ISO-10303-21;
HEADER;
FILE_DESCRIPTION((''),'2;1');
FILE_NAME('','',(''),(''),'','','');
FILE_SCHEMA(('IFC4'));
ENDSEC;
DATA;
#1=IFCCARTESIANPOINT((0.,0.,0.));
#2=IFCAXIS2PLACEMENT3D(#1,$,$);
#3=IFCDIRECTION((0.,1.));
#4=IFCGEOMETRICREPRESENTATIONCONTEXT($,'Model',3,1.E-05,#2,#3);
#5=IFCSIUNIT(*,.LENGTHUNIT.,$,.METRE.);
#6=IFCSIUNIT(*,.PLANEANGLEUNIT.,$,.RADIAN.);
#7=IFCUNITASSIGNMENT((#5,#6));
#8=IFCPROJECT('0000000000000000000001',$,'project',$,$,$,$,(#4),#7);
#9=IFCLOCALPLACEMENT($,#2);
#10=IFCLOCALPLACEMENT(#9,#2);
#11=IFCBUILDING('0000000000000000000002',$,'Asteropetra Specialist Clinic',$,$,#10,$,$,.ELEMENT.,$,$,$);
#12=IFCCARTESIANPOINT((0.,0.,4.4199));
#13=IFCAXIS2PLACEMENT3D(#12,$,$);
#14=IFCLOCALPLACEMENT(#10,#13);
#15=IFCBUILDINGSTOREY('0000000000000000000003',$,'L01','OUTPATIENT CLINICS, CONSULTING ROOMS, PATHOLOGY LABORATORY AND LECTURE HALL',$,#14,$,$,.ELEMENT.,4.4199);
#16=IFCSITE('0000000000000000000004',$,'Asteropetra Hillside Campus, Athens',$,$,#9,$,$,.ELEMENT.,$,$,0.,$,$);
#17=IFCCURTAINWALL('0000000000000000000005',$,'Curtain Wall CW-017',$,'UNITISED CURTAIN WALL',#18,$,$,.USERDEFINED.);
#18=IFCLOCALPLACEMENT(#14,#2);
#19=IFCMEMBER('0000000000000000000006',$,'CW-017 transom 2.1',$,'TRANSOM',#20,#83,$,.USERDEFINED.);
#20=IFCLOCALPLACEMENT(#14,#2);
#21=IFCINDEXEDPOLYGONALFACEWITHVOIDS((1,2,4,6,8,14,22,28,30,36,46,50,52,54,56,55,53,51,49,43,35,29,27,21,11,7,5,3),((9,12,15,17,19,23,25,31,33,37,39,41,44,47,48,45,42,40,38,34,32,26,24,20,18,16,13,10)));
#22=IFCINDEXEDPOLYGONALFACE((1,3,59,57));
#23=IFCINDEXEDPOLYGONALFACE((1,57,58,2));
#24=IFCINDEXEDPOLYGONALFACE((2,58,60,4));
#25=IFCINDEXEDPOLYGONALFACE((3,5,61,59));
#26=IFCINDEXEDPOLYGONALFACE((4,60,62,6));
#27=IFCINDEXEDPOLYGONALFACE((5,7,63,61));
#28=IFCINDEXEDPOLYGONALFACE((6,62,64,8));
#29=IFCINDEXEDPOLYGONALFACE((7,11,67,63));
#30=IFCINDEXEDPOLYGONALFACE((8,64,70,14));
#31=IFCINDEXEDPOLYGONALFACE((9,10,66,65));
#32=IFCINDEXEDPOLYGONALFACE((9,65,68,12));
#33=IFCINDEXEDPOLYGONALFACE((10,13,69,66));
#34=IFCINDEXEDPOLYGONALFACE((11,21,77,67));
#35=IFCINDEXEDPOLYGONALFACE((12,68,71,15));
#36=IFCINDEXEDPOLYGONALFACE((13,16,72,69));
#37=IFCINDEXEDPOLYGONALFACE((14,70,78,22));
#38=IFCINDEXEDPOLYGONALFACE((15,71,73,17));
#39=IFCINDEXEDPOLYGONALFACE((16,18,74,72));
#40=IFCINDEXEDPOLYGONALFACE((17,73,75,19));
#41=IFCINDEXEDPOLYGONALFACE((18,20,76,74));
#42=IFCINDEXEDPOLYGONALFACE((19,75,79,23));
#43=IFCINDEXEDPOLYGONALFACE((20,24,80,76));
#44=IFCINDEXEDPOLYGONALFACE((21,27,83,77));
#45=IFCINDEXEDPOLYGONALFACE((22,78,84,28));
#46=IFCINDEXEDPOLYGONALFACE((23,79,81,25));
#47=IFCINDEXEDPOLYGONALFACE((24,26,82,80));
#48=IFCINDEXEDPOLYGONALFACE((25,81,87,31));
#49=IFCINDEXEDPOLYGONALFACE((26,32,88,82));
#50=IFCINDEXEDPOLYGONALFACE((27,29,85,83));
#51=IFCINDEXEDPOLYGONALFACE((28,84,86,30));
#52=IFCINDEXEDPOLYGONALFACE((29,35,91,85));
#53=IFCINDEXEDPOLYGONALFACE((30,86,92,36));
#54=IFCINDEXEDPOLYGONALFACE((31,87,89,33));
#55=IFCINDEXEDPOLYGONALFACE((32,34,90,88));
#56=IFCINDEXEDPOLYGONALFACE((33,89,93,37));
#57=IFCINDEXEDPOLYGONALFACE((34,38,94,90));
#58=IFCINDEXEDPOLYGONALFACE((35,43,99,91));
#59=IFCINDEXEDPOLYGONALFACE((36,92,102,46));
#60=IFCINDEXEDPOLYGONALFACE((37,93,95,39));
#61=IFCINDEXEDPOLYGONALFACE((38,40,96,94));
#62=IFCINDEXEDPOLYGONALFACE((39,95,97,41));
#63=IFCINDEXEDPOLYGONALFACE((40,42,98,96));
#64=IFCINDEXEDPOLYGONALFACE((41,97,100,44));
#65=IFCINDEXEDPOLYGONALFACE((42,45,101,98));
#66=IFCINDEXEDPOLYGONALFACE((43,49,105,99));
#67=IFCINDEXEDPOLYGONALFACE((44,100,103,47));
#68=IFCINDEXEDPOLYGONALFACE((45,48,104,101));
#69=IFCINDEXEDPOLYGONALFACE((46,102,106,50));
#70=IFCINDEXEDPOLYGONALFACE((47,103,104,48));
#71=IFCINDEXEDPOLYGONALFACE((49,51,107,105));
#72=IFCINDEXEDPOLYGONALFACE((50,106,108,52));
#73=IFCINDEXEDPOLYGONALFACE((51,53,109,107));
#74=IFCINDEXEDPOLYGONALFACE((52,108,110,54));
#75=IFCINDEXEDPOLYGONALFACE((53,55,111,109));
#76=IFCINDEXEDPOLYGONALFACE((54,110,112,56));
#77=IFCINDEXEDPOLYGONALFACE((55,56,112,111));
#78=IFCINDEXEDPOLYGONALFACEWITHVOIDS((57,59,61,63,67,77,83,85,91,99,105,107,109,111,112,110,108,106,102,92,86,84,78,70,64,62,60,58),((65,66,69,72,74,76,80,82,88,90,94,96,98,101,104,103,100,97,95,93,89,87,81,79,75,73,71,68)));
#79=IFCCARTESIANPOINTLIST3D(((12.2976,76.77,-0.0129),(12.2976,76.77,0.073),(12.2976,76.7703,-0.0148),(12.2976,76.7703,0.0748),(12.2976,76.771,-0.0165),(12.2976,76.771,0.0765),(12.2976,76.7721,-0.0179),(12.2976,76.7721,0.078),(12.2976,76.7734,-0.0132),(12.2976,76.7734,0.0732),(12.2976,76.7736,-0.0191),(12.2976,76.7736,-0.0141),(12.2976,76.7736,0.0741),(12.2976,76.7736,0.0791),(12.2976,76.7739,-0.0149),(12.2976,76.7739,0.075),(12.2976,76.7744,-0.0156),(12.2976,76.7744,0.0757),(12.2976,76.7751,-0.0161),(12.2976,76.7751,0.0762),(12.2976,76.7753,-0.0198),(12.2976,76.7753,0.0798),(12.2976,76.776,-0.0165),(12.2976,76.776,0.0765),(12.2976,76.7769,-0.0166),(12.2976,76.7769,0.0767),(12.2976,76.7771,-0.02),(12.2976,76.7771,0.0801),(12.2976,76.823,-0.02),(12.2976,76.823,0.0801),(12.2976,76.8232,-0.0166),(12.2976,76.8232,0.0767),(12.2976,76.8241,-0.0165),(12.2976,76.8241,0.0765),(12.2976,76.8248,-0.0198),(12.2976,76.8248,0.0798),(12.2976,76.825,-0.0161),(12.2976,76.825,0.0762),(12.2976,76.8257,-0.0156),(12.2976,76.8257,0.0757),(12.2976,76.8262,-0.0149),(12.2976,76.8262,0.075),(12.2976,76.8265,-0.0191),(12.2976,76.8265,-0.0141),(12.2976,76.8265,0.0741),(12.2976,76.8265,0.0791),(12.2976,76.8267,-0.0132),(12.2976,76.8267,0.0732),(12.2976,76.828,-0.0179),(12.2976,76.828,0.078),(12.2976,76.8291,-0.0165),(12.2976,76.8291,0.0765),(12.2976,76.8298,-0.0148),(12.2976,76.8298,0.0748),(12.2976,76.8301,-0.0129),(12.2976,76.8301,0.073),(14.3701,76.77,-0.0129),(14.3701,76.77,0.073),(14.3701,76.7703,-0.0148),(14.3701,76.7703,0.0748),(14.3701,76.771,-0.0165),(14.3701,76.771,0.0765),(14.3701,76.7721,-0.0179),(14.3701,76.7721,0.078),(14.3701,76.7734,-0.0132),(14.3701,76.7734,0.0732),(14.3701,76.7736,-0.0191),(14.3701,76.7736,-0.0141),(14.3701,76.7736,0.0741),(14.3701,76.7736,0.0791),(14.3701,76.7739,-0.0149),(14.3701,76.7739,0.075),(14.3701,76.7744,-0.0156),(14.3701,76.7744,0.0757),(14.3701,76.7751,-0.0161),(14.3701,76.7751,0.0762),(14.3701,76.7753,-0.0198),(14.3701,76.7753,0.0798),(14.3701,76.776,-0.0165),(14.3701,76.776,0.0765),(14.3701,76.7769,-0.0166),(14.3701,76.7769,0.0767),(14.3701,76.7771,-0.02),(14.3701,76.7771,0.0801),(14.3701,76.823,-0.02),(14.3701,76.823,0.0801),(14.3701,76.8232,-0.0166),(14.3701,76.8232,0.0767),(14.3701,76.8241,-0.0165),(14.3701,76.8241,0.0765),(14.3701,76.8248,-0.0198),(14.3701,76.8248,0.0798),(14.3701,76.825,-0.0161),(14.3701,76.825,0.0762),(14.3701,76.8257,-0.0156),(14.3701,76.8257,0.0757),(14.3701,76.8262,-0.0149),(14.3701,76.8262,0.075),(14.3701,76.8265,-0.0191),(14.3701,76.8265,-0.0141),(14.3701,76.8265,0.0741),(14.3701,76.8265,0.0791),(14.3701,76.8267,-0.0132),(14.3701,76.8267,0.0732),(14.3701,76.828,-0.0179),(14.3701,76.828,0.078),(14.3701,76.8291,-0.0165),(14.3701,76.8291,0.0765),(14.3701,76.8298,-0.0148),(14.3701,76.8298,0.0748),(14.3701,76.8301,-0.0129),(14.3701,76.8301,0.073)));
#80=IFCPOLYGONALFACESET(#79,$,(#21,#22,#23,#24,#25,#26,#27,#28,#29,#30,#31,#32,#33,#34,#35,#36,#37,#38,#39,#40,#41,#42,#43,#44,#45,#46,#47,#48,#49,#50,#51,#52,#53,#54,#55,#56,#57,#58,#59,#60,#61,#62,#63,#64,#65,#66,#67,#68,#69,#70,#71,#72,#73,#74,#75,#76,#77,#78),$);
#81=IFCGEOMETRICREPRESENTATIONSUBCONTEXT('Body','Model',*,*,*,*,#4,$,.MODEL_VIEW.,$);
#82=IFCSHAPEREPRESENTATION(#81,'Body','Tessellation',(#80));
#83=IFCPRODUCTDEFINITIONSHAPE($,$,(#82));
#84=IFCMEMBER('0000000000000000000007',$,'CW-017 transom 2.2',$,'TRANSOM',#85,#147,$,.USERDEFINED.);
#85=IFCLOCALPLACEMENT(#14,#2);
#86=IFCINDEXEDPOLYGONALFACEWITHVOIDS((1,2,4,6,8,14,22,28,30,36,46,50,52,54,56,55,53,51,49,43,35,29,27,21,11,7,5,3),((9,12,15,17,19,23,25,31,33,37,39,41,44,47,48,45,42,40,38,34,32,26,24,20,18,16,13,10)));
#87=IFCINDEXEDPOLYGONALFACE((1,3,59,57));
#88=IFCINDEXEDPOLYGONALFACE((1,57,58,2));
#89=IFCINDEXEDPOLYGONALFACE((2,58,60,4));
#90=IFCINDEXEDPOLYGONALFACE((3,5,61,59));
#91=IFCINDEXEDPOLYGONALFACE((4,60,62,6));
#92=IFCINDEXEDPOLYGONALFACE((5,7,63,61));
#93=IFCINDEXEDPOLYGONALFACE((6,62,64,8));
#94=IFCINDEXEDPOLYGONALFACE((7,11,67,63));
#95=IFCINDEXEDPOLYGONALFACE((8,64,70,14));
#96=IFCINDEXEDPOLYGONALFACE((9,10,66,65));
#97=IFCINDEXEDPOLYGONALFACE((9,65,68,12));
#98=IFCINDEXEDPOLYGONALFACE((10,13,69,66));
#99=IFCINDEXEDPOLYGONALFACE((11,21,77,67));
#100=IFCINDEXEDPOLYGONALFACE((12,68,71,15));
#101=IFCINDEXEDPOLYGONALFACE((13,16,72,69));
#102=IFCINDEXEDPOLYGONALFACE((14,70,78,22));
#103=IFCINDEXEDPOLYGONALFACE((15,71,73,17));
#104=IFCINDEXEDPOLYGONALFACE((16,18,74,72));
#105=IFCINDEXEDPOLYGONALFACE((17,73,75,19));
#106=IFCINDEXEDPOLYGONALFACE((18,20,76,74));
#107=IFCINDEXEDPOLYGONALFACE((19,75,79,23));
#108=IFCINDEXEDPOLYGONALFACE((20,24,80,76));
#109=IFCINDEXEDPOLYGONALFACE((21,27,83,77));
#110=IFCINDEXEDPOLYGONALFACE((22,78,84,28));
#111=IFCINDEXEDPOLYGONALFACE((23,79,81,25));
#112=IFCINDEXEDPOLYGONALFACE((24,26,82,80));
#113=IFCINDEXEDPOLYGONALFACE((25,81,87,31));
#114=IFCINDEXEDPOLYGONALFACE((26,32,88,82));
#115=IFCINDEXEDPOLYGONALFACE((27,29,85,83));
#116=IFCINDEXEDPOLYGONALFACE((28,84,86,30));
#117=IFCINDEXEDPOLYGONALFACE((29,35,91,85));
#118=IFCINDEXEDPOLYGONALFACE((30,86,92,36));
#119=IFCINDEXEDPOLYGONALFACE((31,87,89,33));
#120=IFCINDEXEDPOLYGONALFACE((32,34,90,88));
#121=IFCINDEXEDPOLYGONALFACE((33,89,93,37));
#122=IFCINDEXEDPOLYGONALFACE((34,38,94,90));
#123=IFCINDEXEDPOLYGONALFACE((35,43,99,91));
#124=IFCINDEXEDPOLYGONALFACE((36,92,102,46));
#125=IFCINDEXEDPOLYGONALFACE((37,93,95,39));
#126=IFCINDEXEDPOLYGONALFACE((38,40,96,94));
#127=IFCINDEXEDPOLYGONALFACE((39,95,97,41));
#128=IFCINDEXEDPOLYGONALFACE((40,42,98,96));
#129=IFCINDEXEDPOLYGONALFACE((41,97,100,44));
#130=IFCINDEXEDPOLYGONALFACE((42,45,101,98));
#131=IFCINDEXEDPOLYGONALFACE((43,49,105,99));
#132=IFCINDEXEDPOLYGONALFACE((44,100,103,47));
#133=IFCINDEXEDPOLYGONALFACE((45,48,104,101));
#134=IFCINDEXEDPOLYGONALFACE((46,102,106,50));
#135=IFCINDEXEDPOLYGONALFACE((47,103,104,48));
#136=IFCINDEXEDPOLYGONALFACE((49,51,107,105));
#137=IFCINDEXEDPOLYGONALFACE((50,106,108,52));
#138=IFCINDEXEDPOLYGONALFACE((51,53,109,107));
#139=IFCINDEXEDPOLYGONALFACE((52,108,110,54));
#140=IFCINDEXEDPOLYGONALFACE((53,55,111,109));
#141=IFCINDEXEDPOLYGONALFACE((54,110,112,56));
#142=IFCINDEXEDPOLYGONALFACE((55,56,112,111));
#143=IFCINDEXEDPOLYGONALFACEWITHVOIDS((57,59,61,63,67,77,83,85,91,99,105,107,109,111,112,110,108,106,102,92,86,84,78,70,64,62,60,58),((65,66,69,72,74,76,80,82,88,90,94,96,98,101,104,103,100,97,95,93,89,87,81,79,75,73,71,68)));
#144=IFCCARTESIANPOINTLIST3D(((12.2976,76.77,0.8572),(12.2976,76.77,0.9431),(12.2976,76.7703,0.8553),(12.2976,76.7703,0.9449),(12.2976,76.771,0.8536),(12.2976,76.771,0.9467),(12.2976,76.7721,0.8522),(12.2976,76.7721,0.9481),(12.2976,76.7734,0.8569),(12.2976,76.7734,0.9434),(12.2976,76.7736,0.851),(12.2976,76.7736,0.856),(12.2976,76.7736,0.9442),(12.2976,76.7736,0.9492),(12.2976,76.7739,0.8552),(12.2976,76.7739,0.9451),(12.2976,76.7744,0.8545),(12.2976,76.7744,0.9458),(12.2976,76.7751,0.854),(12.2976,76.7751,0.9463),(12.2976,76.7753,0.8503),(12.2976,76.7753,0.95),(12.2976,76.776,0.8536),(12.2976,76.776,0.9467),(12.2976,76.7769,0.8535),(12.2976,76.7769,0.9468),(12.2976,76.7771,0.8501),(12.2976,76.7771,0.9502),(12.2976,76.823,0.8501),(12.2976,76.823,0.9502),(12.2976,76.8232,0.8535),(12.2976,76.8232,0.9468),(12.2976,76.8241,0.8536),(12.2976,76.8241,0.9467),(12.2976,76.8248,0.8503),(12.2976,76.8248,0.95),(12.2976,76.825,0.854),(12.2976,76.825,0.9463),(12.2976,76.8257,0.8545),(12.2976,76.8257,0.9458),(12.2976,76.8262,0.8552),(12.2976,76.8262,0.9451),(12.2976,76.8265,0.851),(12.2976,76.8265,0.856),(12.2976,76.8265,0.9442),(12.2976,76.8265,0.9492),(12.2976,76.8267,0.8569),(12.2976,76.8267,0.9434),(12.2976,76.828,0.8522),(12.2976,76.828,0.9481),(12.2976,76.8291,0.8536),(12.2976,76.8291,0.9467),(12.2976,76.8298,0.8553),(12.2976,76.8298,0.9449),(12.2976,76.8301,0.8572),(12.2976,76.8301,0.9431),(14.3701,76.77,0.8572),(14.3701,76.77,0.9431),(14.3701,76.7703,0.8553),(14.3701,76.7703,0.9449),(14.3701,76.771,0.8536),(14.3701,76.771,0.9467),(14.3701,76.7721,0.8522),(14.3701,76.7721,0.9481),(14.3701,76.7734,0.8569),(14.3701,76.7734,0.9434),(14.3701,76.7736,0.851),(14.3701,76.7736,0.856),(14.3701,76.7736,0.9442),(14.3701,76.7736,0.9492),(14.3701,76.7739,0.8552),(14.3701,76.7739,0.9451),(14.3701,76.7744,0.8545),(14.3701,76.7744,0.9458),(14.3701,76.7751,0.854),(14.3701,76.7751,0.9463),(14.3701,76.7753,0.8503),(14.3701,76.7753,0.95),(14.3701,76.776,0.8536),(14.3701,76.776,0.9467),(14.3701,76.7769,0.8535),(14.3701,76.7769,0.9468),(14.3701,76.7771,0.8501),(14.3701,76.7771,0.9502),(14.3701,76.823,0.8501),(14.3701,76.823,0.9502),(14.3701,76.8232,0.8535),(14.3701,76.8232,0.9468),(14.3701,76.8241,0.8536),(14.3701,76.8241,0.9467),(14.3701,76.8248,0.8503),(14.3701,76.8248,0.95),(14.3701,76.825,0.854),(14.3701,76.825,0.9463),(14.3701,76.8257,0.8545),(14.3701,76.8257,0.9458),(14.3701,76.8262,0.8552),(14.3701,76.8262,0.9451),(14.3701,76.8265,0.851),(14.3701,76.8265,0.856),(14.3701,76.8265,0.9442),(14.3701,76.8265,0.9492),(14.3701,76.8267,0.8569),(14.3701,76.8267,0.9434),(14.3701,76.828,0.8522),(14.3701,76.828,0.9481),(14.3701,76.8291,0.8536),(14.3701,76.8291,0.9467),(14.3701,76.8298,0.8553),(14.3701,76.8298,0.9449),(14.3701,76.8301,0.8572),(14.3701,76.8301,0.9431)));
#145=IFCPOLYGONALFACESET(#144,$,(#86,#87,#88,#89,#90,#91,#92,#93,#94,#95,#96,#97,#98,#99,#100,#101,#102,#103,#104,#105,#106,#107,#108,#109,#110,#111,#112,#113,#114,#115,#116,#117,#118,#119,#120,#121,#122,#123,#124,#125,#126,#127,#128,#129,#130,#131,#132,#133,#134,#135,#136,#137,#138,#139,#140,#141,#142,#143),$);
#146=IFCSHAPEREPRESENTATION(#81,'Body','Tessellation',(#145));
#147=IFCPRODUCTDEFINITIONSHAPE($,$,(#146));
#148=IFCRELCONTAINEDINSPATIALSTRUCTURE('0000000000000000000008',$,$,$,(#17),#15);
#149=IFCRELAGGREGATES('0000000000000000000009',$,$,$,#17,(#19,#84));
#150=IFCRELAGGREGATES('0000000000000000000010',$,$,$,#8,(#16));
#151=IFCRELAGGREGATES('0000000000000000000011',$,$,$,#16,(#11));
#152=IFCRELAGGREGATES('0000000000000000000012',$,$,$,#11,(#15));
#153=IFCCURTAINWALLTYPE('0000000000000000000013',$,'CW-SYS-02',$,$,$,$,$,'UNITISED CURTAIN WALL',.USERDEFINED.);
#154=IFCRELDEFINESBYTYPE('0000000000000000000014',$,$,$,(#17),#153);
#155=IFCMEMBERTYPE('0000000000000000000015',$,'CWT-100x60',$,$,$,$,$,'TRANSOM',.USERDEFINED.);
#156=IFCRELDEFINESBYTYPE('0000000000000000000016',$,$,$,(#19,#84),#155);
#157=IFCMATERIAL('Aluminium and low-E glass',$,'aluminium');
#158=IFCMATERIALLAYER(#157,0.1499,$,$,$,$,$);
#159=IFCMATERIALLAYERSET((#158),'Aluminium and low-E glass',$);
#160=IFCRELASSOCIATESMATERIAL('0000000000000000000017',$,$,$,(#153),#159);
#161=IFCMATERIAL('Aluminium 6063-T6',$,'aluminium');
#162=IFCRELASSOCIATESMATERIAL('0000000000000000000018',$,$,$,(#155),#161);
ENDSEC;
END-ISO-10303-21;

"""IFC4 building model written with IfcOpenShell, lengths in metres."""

from ifc_helpers import new_model, si_unit, direction, frame, origin, origin_2d, place, context, subcontext, project, spatial, hollow_rectangle, extrude, material, layer, layer_set, material_profile, profile_set, type_object, element, aggregate, save


model = new_model("IFC4")

# Units and contexts
model_context = context("Model", 3, precision=1e-05, world=origin(), true_north=direction((0.0, 1.0)))
body_context = subcontext(model_context, "Body", "Model", "MODEL_VIEW")
ifc_project = project(units=[si_unit("LENGTHUNIT", "METRE"), si_unit("PLANEANGLEUNIT", "RADIAN")], contexts=[model_context])

# Site, building, storey
site_placement = place(None, origin())
site = spatial("IfcSite", under=ifc_project, at=site_placement, Name="Asteropetra Hillside Campus, Athens", CompositionType="ELEMENT", RefElevation=0.0)
building_placement = place(site_placement, origin())
building = spatial("IfcBuilding", under=site, at=building_placement, Name="Asteropetra Specialist Clinic", CompositionType="ELEMENT")
storey_placement = place(building_placement, frame((0.0, 0.0, 4.4199)))
storey = spatial("IfcBuildingStorey", under=building, at=storey_placement, Name="L01", Description="OUTPATIENT CLINICS, CONSULTING ROOMS, PATHOLOGY LABORATORY AND LECTURE HALL", CompositionType="ELEMENT", Elevation=4.4199)

# Curtain wall
ifc_material_1 = material(Name="Aluminium and low-E glass", Category="aluminium")
ifc_layer_1 = layer(ifc_material_1, 0.1499)
ifc_layer_set_1 = layer_set([ifc_layer_1], Name="Aluminium and low-E glass")
curtain_wall_type_1 = type_object("IfcCurtainWallType", Name="CW-SYS-02", ElementType="UNITISED CURTAIN WALL", PredefinedType="USERDEFINED", material=ifc_layer_set_1)
curtain_wall_1_placement = place(storey_placement, origin())
curtain_wall_1 = element("IfcCurtainWall", 1, at=curtain_wall_1_placement, inside=storey, type_object=curtain_wall_type_1, Name="Curtain Wall CW-017", ObjectType="UNITISED CURTAIN WALL", PredefinedType="USERDEFINED")

# Members
ifc_material_2 = material(Name="Aluminium 6063-T6", Category="aluminium")
ifc_material_profile_1 = material_profile(ifc_material_2, hollow_rectangle(XDim=0.0601, YDim=0.1001, WallThickness=0.0034, InnerFilletRadius=0.0034, OuterFilletRadius=0.0071, at=origin_2d()), Name="TRN 100x60x3.5")
ifc_profile_set_1 = profile_set([ifc_material_profile_1], Name="Aluminium 6063-T6")
member_type_1 = type_object("IfcMemberType", Name="CWT-100x60", ElementType="TRANSOM", PredefinedType="USERDEFINED", material=ifc_profile_set_1)
member_1_placement = place(storey_placement, frame((12.2976, 76.8, 0.03), z_axis=(1.0, 0.0, 0.0), x_axis=(0.0, 1.0, 0.0)))
member_1 = element("IfcMember", 2, at=member_1_placement, type_object=member_type_1, Name="CW-017 transom 2.1", ObjectType="TRANSOM", PredefinedType="USERDEFINED", context=body_context, shape_type="SweptSolid", body=[
    extrude(hollow_rectangle(XDim=0.0601, YDim=0.1001, WallThickness=0.0034, InnerFilletRadius=0.0034, OuterFilletRadius=0.0071, at=origin_2d()), origin(), (0.0, 0.0, 1.0), 2.0725),
])
member_2_placement = place(storey_placement, frame((12.2976, 76.8, 0.9001), z_axis=(1.0, 0.0, 0.0), x_axis=(0.0, 1.0, 0.0)))
member_2 = element("IfcMember", 3, at=member_2_placement, type_object=member_type_1, Name="CW-017 transom 2.2", ObjectType="TRANSOM", PredefinedType="USERDEFINED", context=body_context, shape_type="SweptSolid", body=[
    extrude(hollow_rectangle(XDim=0.0601, YDim=0.1001, WallThickness=0.0034, InnerFilletRadius=0.0034, OuterFilletRadius=0.0071, at=origin_2d()), origin(), (0.0, 0.0, 1.0), 2.0725),
])

aggregate(curtain_wall_1, [member_1, member_2])

save(model, "model.ifc")
